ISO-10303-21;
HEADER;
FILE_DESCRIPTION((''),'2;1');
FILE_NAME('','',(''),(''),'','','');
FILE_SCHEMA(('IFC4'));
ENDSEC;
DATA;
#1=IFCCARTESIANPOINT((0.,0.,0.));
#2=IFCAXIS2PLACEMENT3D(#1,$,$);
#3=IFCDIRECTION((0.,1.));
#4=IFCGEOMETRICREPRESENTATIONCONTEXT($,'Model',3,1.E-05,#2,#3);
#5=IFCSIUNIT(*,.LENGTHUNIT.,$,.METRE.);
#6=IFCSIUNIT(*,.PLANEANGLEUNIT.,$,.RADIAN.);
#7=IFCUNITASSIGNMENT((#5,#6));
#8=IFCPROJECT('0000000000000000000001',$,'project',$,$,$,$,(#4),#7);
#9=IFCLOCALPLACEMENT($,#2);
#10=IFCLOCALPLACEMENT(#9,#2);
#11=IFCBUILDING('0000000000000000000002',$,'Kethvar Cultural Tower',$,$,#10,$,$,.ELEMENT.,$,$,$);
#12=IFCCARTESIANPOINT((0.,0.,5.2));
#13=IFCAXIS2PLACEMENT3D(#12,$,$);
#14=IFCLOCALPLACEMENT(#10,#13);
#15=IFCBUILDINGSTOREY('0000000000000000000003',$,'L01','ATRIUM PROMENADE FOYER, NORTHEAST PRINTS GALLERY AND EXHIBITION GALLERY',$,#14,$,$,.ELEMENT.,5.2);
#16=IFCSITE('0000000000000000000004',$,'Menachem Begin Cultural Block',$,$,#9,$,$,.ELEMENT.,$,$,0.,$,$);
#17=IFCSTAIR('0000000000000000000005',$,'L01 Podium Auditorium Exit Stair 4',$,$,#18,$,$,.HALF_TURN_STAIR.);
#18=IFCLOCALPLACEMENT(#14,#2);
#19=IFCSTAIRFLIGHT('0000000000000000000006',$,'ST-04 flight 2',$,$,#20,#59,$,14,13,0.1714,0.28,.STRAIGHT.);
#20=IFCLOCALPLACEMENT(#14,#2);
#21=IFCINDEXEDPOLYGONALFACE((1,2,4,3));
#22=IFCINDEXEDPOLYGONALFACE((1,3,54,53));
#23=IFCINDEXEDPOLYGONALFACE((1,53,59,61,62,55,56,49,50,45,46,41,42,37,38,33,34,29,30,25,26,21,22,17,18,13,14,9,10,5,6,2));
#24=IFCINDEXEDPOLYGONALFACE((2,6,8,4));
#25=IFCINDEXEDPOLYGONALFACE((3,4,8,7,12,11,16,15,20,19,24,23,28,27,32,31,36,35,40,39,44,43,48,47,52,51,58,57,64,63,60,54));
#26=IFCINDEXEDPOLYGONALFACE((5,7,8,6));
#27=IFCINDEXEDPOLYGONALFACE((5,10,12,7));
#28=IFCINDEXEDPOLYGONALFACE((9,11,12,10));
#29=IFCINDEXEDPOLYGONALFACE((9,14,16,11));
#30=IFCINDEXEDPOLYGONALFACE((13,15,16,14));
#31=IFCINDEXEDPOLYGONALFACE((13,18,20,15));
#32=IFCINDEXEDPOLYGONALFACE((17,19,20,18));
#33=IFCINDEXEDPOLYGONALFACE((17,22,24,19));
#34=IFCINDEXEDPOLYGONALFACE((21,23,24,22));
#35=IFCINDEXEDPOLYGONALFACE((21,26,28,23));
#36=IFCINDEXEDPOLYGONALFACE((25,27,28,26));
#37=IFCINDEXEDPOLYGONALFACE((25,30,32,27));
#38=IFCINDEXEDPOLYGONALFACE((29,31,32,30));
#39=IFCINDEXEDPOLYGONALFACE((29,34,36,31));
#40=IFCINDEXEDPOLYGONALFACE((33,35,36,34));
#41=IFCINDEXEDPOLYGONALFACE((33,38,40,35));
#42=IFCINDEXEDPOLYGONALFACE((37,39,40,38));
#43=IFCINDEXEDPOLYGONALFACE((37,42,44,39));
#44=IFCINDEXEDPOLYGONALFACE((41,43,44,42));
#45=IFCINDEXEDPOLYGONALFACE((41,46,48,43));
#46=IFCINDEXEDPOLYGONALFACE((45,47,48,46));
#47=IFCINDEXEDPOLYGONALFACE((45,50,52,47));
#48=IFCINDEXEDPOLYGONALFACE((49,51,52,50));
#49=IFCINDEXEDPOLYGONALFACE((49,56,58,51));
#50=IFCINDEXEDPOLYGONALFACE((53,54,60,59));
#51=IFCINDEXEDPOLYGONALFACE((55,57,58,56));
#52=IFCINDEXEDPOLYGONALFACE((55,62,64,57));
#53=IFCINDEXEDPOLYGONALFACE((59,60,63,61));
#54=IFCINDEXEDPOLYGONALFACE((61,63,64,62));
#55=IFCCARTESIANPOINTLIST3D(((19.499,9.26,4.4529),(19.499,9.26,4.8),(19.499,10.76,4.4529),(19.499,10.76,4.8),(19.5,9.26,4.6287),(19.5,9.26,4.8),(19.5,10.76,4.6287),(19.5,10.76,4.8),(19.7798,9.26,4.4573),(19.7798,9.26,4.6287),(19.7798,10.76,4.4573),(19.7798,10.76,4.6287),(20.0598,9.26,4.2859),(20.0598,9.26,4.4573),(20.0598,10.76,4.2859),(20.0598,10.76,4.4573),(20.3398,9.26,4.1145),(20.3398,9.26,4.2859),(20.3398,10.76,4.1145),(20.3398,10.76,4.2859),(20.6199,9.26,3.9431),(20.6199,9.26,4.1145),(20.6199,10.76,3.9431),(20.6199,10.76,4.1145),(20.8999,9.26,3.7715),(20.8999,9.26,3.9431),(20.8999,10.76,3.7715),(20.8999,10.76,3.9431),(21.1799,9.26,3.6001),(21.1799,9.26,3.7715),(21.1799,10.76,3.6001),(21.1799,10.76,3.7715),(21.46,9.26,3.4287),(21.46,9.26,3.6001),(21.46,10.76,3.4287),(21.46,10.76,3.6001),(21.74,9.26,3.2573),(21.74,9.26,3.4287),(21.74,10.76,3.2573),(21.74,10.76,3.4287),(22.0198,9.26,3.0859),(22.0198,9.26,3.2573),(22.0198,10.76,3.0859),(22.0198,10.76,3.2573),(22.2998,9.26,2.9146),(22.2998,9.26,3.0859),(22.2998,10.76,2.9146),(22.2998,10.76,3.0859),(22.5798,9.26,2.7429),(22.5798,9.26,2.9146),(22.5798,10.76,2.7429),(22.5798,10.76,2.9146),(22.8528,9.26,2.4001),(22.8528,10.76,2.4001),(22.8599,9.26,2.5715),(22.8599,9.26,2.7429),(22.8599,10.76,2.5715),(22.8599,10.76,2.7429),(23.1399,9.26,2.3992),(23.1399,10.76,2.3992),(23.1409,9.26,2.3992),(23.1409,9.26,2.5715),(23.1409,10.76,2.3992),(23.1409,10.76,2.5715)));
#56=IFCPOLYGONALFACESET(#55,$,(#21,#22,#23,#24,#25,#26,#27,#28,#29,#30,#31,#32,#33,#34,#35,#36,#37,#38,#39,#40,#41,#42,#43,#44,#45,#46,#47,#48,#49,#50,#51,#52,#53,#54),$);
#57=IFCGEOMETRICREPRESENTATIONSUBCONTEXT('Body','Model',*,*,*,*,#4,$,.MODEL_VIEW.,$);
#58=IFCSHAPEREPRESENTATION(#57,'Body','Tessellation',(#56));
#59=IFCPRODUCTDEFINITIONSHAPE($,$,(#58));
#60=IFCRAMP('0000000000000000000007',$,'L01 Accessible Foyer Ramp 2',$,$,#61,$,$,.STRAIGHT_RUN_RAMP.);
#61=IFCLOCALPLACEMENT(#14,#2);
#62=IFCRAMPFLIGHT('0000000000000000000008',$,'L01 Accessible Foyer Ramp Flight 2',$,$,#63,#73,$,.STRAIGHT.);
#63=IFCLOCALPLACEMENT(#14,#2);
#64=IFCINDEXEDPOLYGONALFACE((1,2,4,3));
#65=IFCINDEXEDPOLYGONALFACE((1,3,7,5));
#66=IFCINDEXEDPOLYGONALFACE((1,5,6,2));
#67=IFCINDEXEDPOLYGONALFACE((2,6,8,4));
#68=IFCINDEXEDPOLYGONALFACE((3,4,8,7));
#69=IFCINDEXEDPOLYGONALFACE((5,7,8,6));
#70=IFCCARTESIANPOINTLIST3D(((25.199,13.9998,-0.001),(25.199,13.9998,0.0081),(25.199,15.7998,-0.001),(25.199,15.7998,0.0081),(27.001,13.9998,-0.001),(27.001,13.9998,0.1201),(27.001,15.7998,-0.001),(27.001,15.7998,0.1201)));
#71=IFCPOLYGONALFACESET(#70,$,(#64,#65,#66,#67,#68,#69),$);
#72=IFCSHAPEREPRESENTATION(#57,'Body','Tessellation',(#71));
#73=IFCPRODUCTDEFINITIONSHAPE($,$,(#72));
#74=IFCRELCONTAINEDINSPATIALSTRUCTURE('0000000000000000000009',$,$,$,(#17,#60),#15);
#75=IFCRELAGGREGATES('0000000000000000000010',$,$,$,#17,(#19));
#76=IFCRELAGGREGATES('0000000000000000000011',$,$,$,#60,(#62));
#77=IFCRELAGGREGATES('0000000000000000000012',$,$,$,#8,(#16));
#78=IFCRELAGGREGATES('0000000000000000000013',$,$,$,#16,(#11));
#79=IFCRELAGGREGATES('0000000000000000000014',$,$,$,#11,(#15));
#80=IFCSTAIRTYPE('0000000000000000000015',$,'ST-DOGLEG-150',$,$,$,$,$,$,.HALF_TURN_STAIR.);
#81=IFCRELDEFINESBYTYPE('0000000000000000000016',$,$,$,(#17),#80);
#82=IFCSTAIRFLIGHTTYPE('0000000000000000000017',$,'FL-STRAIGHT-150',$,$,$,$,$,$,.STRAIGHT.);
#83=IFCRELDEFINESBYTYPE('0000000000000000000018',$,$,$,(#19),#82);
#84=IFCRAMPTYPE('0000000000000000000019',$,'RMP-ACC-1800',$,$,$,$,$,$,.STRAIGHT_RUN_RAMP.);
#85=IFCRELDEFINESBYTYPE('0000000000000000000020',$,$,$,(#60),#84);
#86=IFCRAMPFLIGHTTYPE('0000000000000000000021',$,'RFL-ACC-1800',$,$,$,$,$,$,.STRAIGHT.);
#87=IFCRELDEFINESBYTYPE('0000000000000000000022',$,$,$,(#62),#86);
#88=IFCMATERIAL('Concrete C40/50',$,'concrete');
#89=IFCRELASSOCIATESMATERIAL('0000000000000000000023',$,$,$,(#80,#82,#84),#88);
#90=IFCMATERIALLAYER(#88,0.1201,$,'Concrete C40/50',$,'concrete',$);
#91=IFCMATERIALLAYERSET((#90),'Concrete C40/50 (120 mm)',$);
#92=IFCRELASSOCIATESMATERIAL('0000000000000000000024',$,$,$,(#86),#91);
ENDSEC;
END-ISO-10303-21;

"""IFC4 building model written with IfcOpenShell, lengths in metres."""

from ifc_helpers import new_model, si_unit, direction, frame, origin, place, context, subcontext, project, spatial, polyline, outline, extrude, material, layer, layer_set, type_object, element, aggregate, save


model = new_model("IFC4")

# Units and contexts
model_context = context("Model", 3, precision=1e-05, world=origin(), true_north=direction((0.0, 1.0)))
body_context = subcontext(model_context, "Body", "Model", "MODEL_VIEW")
ifc_project = project(units=[si_unit("LENGTHUNIT", "METRE"), si_unit("PLANEANGLEUNIT", "RADIAN")], contexts=[model_context])

# Site, building, storey
site_placement = place(None, origin())
site = spatial("IfcSite", under=ifc_project, at=site_placement, Name="Menachem Begin Cultural Block", CompositionType="ELEMENT", RefElevation=0.0)
building_placement = place(site_placement, origin())
building = spatial("IfcBuilding", under=site, at=building_placement, Name="Kethvar Cultural Tower", CompositionType="ELEMENT")
storey_placement = place(building_placement, frame((0.0, 0.0, 5.2)))
storey = spatial("IfcBuildingStorey", under=building, at=storey_placement, Name="L01", Description="ATRIUM PROMENADE FOYER, NORTHEAST PRINTS GALLERY AND EXHIBITION GALLERY", CompositionType="ELEMENT", Elevation=5.2)

# Stair, stair flight
ifc_material_1 = material(Name="Concrete C40/50", Category="concrete")
stair_type_1 = type_object("IfcStairType", Name="ST-DOGLEG-150", PredefinedType="HALF_TURN_STAIR", material=ifc_material_1)
stair_1_placement = place(storey_placement, origin())
stair_1 = element("IfcStair", 1, at=stair_1_placement, inside=storey, type_object=stair_type_1, Name="L01 Podium Auditorium Exit Stair 4", PredefinedType="HALF_TURN_STAIR")
stair_flight_type_1 = type_object("IfcStairFlightType", Name="FL-STRAIGHT-150", PredefinedType="STRAIGHT", material=ifc_material_1)
stair_flight_1_placement = place(storey_placement, frame((23.1399, 10.01, 2.4001), z_axis=(0.0, 0.0, 1.0), x_axis=(-1.0, 0.0, 0.0)))
stair_flight_1 = element("IfcStairFlight", 2, at=stair_flight_1_placement, type_object=stair_flight_type_1, Name="ST-04 flight 2", NumberOfRisers=14, NumberOfTreads=13, PredefinedType="STRAIGHT", RiserHeight=0.1714, TreadLength=0.28, context=body_context, shape_type="SweptSolid", body=[
    extrude(outline(polyline([(-0.001, -0.001), (-0.001, 0.1714), (0.28, 0.1714), (0.28, 0.3428), (0.5601, 0.3428), (0.5601, 0.5144), (0.8401, 0.5144), (0.8401, 0.6858), (1.1201, 0.6858), (1.1201, 0.8572), (1.3999, 0.8572), (1.3999, 1.0286), (1.6799, 1.0286), (1.6799, 1.2), (1.96, 1.2), (1.96, 1.3713), (2.24, 1.3713), (2.24, 1.543), (2.52, 1.543), (2.52, 1.7144), (2.8, 1.7144), (2.8, 1.8857), (3.0801, 1.8857), (3.0801, 2.0571), (3.3601, 2.0571), (3.3601, 2.2285), (3.6399, 2.2285), (3.6399, 2.3999), (3.6409, 2.3999), (3.6409, 2.0527), (0.2871, 0.0), (0.0, -0.001), (-0.001, -0.001)])), frame((0.0, 0.75, 0.0), z_axis=(0.0, -1.0, 0.0), x_axis=(1.0, 0.0, 0.0)), (0.0, 0.0, 1.0), 1.5),
])
aggregate(stair_1, [stair_flight_1])

# Ramp, ramp flight
ramp_type = type_object("IfcRampType", Name="RMP-ACC-1800", PredefinedType="STRAIGHT_RUN_RAMP", material=ifc_material_1)
ramp_placement = place(storey_placement, origin())
ramp = element("IfcRamp", 3, at=ramp_placement, inside=storey, type_object=ramp_type, Name="L01 Accessible Foyer Ramp 2", PredefinedType="STRAIGHT_RUN_RAMP")
ifc_layer_1 = layer(ifc_material_1, 0.1201, Name="Concrete C40/50", Category="concrete")
ifc_layer_set_1 = layer_set([ifc_layer_1], Name="Concrete C40/50 (120 mm)")
ramp_flight_type = type_object("IfcRampFlightType", Name="RFL-ACC-1800", PredefinedType="STRAIGHT", material=ifc_layer_set_1)
ramp_flight_placement = place(storey_placement, frame((25.2, 14.8999, 0.0), z_axis=(0.0, 0.0, 1.0), x_axis=(1.0, 0.0, 0.0)))
ramp_flight = element("IfcRampFlight", 4, at=ramp_flight_placement, type_object=ramp_flight_type, Name="L01 Accessible Foyer Ramp Flight 2", PredefinedType="STRAIGHT", context=body_context, shape_type="SweptSolid", body=[
    extrude(outline(polyline([(-0.001, -0.001), (1.801, -0.001), (1.801, 0.1201), (-0.001, 0.0081), (-0.001, -0.001)])), frame((0.0, 0.8999, 0.0), z_axis=(0.0, -1.0, 0.0), x_axis=(1.0, 0.0, 0.0)), (0.0, 0.0, 1.0), 1.8),
])
aggregate(ramp, [ramp_flight])

save(model, "model.ifc")
